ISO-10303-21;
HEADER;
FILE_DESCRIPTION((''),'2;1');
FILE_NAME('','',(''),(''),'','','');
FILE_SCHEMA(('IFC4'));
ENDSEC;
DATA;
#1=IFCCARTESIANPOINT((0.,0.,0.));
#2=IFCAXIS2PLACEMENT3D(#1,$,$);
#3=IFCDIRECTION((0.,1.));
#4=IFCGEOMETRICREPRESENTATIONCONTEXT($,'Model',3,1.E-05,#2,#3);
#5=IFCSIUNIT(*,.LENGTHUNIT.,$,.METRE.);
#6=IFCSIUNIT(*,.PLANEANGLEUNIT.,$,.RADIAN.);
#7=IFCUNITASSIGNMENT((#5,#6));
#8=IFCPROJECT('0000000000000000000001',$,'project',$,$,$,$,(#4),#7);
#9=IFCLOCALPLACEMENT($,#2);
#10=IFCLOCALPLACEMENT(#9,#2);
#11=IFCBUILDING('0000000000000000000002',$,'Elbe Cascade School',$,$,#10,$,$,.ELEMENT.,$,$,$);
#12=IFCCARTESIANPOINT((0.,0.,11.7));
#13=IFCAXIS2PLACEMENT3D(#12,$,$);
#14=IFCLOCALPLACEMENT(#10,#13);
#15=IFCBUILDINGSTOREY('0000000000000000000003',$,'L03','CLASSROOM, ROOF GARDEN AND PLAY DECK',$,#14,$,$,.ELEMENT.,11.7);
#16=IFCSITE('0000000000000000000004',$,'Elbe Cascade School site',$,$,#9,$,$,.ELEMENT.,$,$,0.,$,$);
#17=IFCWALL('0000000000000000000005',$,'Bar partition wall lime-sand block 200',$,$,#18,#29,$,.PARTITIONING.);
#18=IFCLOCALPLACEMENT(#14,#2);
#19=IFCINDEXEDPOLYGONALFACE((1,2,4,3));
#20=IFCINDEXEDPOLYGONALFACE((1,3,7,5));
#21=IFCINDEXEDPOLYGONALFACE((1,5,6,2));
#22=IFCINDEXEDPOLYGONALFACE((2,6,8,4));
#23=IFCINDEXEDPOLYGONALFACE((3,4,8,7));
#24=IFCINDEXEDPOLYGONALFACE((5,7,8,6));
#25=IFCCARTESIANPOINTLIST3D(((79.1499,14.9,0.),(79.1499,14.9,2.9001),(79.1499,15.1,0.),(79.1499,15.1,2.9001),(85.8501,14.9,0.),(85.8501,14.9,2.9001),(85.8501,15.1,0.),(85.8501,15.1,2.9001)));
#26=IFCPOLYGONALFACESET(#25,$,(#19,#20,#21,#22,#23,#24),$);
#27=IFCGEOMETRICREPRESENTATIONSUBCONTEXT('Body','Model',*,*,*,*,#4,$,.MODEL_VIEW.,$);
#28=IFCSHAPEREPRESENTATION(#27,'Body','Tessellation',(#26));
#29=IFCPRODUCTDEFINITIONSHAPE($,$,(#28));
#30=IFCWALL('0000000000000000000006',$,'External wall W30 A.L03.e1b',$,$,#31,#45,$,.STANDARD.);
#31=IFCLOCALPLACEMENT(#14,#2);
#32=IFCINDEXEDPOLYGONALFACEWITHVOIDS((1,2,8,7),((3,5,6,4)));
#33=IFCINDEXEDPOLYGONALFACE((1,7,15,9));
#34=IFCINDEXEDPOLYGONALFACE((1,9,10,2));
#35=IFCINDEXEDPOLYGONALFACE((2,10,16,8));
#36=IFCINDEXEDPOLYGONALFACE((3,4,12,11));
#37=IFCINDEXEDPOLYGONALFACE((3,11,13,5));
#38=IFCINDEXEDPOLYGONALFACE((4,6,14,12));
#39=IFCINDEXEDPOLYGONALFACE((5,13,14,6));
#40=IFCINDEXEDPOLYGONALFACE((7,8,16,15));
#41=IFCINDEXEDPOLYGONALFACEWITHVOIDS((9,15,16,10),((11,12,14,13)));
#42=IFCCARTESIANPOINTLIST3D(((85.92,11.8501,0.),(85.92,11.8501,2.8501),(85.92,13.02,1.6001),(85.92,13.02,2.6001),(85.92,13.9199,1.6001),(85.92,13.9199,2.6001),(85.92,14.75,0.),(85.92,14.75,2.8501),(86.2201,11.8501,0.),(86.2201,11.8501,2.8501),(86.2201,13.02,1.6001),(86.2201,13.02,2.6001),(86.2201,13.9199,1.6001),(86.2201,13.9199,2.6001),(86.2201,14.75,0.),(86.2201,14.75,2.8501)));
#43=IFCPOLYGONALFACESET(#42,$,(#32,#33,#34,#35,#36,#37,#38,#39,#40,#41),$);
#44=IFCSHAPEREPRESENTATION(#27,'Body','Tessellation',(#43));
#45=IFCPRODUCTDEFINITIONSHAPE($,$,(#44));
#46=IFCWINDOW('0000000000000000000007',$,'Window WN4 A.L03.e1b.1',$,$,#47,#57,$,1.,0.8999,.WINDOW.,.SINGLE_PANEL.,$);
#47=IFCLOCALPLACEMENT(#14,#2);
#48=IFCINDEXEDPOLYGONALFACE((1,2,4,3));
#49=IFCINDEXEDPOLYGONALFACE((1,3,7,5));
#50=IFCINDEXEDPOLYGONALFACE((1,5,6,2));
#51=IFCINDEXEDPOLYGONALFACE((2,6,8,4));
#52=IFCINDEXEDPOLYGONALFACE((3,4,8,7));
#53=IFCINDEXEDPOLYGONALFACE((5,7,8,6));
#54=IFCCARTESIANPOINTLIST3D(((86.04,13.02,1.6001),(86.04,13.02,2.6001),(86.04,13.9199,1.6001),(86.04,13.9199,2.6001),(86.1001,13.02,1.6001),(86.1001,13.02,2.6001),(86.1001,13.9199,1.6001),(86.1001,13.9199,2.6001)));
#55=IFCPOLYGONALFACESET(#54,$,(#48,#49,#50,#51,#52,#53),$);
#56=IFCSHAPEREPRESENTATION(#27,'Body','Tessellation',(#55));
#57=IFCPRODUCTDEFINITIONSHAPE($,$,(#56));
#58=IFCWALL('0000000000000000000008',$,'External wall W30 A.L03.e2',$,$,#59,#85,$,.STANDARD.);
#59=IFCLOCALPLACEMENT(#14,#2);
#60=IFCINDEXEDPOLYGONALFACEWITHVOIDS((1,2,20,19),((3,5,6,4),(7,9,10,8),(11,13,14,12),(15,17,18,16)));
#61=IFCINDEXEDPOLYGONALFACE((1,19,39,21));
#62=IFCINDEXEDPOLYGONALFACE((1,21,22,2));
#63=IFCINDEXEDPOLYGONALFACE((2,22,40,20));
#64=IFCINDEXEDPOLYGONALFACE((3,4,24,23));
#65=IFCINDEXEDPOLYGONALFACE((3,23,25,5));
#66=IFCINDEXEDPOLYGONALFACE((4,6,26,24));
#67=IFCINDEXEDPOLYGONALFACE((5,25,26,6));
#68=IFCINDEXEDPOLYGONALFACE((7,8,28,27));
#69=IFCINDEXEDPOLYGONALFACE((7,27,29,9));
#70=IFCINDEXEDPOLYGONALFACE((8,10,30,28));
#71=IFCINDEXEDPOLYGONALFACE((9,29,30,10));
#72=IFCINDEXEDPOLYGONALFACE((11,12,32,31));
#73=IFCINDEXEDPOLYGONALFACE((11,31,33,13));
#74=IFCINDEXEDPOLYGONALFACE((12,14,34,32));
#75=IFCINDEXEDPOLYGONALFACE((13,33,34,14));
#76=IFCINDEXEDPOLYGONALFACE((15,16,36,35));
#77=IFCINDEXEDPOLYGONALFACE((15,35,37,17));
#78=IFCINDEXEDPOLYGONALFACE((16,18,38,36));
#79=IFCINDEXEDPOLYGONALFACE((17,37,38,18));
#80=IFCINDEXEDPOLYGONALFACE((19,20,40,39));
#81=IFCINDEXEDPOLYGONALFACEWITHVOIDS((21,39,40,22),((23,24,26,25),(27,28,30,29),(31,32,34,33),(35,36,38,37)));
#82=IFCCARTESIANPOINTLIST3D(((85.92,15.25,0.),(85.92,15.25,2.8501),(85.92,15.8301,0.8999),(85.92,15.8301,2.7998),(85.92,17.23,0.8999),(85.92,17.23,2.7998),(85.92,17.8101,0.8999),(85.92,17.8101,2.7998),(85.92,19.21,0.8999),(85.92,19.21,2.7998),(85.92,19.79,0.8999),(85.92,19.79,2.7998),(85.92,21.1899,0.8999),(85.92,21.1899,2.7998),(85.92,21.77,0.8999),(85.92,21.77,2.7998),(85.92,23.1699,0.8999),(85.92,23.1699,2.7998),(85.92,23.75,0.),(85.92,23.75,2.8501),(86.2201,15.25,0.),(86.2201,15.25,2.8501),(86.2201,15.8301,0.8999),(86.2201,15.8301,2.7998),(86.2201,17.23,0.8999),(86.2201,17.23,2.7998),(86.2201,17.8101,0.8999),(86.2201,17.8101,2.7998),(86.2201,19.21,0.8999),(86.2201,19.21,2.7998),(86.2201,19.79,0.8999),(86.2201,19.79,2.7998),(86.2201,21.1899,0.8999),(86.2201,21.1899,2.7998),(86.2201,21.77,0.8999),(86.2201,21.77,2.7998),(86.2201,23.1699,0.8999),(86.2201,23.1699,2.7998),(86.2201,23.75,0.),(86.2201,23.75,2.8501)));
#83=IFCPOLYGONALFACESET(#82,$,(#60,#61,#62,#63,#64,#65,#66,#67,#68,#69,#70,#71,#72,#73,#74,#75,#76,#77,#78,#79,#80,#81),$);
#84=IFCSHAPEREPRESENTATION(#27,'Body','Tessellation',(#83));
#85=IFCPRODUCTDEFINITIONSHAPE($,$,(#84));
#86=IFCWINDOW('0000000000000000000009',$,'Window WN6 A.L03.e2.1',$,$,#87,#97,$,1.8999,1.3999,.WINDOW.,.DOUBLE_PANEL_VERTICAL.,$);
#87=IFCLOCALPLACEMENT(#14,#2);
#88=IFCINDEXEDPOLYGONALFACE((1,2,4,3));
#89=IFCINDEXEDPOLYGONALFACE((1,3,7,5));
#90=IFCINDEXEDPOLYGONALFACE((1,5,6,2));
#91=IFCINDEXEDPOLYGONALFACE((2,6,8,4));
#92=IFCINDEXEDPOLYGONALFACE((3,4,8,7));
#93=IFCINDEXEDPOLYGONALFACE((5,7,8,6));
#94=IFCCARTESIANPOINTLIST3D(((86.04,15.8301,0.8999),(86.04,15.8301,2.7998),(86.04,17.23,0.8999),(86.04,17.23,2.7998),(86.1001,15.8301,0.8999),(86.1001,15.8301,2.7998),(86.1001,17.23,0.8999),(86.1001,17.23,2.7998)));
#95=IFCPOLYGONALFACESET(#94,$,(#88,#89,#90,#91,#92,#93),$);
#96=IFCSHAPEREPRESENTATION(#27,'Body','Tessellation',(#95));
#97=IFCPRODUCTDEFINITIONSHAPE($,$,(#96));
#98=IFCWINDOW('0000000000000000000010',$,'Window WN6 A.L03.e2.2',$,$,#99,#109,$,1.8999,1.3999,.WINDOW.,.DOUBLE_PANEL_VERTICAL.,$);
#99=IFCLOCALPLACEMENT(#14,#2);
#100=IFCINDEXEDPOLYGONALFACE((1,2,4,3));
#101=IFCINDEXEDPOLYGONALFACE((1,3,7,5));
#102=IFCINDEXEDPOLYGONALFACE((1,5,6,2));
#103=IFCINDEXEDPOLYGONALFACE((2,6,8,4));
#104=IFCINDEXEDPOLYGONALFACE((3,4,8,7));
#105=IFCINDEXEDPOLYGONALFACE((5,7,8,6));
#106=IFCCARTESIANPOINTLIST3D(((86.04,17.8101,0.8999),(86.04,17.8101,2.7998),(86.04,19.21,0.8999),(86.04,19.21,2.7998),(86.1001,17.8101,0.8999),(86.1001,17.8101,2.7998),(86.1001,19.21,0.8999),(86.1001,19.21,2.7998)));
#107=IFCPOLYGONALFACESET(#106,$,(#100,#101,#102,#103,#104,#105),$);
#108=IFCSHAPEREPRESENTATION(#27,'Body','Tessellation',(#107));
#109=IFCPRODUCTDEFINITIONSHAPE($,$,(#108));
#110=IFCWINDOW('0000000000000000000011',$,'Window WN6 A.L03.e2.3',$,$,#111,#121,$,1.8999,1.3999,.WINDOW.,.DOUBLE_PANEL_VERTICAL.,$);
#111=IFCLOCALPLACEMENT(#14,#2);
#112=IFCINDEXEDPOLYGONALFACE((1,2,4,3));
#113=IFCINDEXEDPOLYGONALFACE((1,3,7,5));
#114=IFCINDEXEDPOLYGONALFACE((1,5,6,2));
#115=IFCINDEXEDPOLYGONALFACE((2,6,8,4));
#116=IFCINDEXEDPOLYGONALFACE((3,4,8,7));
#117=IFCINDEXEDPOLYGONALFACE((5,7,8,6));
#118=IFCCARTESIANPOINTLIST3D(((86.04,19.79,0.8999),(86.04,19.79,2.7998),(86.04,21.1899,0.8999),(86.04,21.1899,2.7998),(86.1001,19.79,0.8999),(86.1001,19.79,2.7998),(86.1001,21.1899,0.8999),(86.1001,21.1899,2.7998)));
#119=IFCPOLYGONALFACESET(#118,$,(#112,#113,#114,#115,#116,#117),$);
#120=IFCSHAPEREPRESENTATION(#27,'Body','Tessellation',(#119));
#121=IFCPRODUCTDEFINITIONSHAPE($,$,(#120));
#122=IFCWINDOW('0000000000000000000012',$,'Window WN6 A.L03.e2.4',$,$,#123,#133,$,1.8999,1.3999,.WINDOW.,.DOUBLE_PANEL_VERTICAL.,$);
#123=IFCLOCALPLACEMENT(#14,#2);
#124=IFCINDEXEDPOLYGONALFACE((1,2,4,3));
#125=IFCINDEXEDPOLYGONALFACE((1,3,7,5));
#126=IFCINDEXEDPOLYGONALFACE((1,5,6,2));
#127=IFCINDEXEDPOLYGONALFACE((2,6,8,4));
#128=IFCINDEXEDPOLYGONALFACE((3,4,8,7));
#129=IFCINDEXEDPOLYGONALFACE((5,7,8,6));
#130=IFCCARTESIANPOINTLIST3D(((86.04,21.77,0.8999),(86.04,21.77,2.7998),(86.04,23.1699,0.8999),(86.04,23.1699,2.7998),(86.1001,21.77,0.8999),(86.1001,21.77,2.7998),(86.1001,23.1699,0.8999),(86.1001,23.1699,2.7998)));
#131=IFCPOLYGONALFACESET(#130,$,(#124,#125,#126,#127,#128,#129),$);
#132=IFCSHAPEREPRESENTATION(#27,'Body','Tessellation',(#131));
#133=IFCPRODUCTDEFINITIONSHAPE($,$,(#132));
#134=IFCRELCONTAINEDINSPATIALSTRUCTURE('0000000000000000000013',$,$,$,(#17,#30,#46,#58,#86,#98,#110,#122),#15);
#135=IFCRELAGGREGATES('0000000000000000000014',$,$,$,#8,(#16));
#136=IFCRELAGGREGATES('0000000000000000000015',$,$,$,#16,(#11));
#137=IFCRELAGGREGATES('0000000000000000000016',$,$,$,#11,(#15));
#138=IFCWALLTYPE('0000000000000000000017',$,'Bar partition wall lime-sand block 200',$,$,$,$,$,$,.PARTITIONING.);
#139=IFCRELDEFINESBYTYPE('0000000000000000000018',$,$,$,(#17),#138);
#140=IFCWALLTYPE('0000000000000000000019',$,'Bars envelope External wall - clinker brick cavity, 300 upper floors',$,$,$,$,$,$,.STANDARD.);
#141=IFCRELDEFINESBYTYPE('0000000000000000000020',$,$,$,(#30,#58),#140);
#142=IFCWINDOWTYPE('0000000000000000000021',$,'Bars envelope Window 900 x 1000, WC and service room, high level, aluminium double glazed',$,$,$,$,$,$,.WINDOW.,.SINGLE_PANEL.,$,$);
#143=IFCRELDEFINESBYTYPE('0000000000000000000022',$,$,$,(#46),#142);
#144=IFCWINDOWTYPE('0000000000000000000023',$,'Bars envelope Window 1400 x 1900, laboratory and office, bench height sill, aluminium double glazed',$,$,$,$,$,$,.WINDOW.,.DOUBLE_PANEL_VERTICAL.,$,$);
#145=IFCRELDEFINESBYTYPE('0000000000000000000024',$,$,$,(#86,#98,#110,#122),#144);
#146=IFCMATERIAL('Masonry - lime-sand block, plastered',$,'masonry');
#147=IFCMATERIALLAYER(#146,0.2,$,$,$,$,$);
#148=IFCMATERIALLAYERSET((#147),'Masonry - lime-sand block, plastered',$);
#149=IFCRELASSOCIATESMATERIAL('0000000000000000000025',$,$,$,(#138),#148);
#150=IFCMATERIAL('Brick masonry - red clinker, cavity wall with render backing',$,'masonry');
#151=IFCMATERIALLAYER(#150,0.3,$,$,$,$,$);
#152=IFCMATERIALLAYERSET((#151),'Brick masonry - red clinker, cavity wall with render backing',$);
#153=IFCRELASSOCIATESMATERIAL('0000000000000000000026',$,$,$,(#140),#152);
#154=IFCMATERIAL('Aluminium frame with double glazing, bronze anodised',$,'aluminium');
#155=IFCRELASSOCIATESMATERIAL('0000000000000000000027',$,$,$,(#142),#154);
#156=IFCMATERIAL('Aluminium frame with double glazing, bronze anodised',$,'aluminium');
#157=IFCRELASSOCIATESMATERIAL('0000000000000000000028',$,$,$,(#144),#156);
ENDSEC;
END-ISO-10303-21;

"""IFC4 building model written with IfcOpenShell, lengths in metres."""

from ifc_helpers import new_model, si_unit, direction, frame, frame_2d, origin, place, context, subcontext, project, spatial, rectangle, extrude, material, layer, layer_set, type_object, element, fill, save


model = new_model("IFC4")

# Units and contexts
model_context = context("Model", 3, precision=1e-05, world=origin(), true_north=direction((0.0, 1.0)))
body_context = subcontext(model_context, "Body", "Model", "MODEL_VIEW")
ifc_project = project(units=[si_unit("LENGTHUNIT", "METRE"), si_unit("PLANEANGLEUNIT", "RADIAN")], contexts=[model_context])

# Site, building, storey
site_placement = place(None, origin())
site = spatial("IfcSite", under=ifc_project, at=site_placement, Name="Elbe Cascade School site", CompositionType="ELEMENT", RefElevation=0.0)
building_placement = place(site_placement, origin())
building = spatial("IfcBuilding", under=site, at=building_placement, Name="Elbe Cascade School", CompositionType="ELEMENT")
storey_placement = place(building_placement, frame((0.0, 0.0, 11.7)))
storey = spatial("IfcBuildingStorey", under=building, at=storey_placement, Name="L03", Description="CLASSROOM, ROOF GARDEN AND PLAY DECK", CompositionType="ELEMENT", Elevation=11.7)

# Wall
ifc_material_1 = material(Name="Masonry - lime-sand block, plastered", Category="masonry")
ifc_layer_1 = layer(ifc_material_1, 0.2)
ifc_layer_set_1 = layer_set([ifc_layer_1], Name="Masonry - lime-sand block, plastered")
wall_type_1 = type_object("IfcWallType", Name="Bar partition wall lime-sand block 200", PredefinedType="PARTITIONING", material=ifc_layer_set_1)
wall_1_placement = place(storey_placement, frame((79.1499, 15.0, 0.0), z_axis=(0.0, 0.0, 1.0), x_axis=(1.0, 0.0, 0.0)))
element("IfcWall", 1, at=wall_1_placement, inside=storey, type_object=wall_type_1, Name="Bar partition wall lime-sand block 200", PredefinedType="PARTITIONING", context=body_context, shape_type="SweptSolid", body=[
    extrude(rectangle(XDim=6.7002, YDim=0.2, at=frame_2d((3.3501, 0.0))), origin(), (0.0, 0.0, 1.0), 2.9001),
])

# Wall, opening, window
ifc_material_2 = material(Name="Brick masonry - red clinker, cavity wall with render backing", Category="masonry")
ifc_layer_2 = layer(ifc_material_2, 0.3)
ifc_layer_set_2 = layer_set([ifc_layer_2], Name="Brick masonry - red clinker, cavity wall with render backing")
wall_type_2 = type_object("IfcWallType", Name="Bars envelope External wall - clinker brick cavity, 300 upper floors", PredefinedType="STANDARD", material=ifc_layer_set_2)
wall_2_placement = place(storey_placement, frame((86.0701, 14.75, 0.0), z_axis=(0.0, 0.0, 1.0), x_axis=(0.0, -1.0, 0.0)))
wall_2 = element("IfcWall", 2, at=wall_2_placement, inside=storey, type_object=wall_type_2, Name="External wall W30 A.L03.e1b", PredefinedType="STANDARD", context=body_context, shape_type="SweptSolid", body=[
    extrude(rectangle(XDim=2.8999, YDim=0.3, at=frame_2d((1.45, 0.0))), origin(), (0.0, 0.0, 1.0), 2.8501),
])
opening_1_placement = place(wall_2_placement, frame((0.8301, 0.0, 1.6001)))
opening_1 = element("IfcOpeningElement", 3, at=opening_1_placement, cuts=wall_2, PredefinedType="OPENING", context=body_context, shape_type="SweptSolid", body=[
    extrude(rectangle(XDim=0.8999, YDim=1.0, at=frame_2d((0.45, 0.5))), frame((0.0, 0.1599, 0.0), z_axis=(0.0, -1.0, 0.0), x_axis=(1.0, 0.0, 0.0)), (0.0, 0.0, 1.0), 0.3201),
])
ifc_material_3 = material(Name="Aluminium frame with double glazing, bronze anodised", Category="aluminium")
window_type_1 = type_object("IfcWindowType", Name="Bars envelope Window 900 x 1000, WC and service room, high level, aluminium double glazed", PartitioningType="SINGLE_PANEL", PredefinedType="WINDOW", material=ifc_material_3)
window_1_placement = place(opening_1_placement, origin())
window_1 = element("IfcWindow", 4, at=window_1_placement, inside=storey, type_object=window_type_1, Name="Window WN4 A.L03.e1b.1", OverallHeight=1.0, OverallWidth=0.8999, PartitioningType="SINGLE_PANEL", PredefinedType="WINDOW", context=body_context, shape_type="SweptSolid", body=[
    extrude(rectangle(XDim=0.8999, YDim=1.0, at=frame_2d((0.45, 0.5))), frame((0.0, 0.03, 0.0), z_axis=(0.0, -1.0, 0.0), x_axis=(1.0, 0.0, 0.0)), (0.0, 0.0, 1.0), 0.0601),
])
fill(opening_1, window_1)

# Wall, openings, windows
wall_3_placement = place(storey_placement, frame((86.0701, 23.75, 0.0), z_axis=(0.0, 0.0, 1.0), x_axis=(0.0, -1.0, 0.0)))
wall_3 = element("IfcWall", 5, at=wall_3_placement, inside=storey, type_object=wall_type_2, Name="External wall W30 A.L03.e2", PredefinedType="STANDARD", context=body_context, shape_type="SweptSolid", body=[
    extrude(rectangle(XDim=8.5, YDim=0.3, at=frame_2d((4.25, 0.0))), origin(), (0.0, 0.0, 1.0), 2.8501),
])
opening_2_placement = place(wall_3_placement, frame((6.52, 0.0, 0.8999)))
opening_2 = element("IfcOpeningElement", 6, at=opening_2_placement, cuts=wall_3, PredefinedType="OPENING", context=body_context, shape_type="SweptSolid", body=[
    extrude(rectangle(XDim=1.3999, YDim=1.8999, at=frame_2d((0.7, 0.95))), frame((0.0, 0.1599, 0.0), z_axis=(0.0, -1.0, 0.0), x_axis=(1.0, 0.0, 0.0)), (0.0, 0.0, 1.0), 0.3201),
])
opening_3_placement = place(wall_3_placement, frame((4.54, 0.0, 0.8999)))
opening_3 = element("IfcOpeningElement", 7, at=opening_3_placement, cuts=wall_3, PredefinedType="OPENING", context=body_context, shape_type="SweptSolid", body=[
    extrude(rectangle(XDim=1.3999, YDim=1.8999, at=frame_2d((0.7, 0.95))), frame((0.0, 0.1599, 0.0), z_axis=(0.0, -1.0, 0.0), x_axis=(1.0, 0.0, 0.0)), (0.0, 0.0, 1.0), 0.3201),
])
opening_4_placement = place(wall_3_placement, frame((2.5601, 0.0, 0.8999)))
opening_4 = element("IfcOpeningElement", 8, at=opening_4_placement, cuts=wall_3, PredefinedType="OPENING", context=body_context, shape_type="SweptSolid", body=[
    extrude(rectangle(XDim=1.3999, YDim=1.8999, at=frame_2d((0.7, 0.95))), frame((0.0, 0.1599, 0.0), z_axis=(0.0, -1.0, 0.0), x_axis=(1.0, 0.0, 0.0)), (0.0, 0.0, 1.0), 0.3201),
])
opening_5_placement = place(wall_3_placement, frame((0.5801, 0.0, 0.8999)))
opening_5 = element("IfcOpeningElement", 9, at=opening_5_placement, cuts=wall_3, PredefinedType="OPENING", context=body_context, shape_type="SweptSolid", body=[
    extrude(rectangle(XDim=1.3999, YDim=1.8999, at=frame_2d((0.7, 0.95))), frame((0.0, 0.1599, 0.0), z_axis=(0.0, -1.0, 0.0), x_axis=(1.0, 0.0, 0.0)), (0.0, 0.0, 1.0), 0.3201),
])
ifc_material_4 = material(Name="Aluminium frame with double glazing, bronze anodised", Category="aluminium")
window_type_2 = type_object("IfcWindowType", Name="Bars envelope Window 1400 x 1900, laboratory and office, bench height sill, aluminium double glazed", PartitioningType="DOUBLE_PANEL_VERTICAL", PredefinedType="WINDOW", material=ifc_material_4)
window_2_placement = place(opening_2_placement, origin())
window_2 = element("IfcWindow", 10, at=window_2_placement, inside=storey, type_object=window_type_2, Name="Window WN6 A.L03.e2.1", OverallHeight=1.8999, OverallWidth=1.3999, PartitioningType="DOUBLE_PANEL_VERTICAL", PredefinedType="WINDOW", context=body_context, shape_type="SweptSolid", body=[
    extrude(rectangle(XDim=1.3999, YDim=1.8999, at=frame_2d((0.7, 0.95))), frame((0.0, 0.03, 0.0), z_axis=(0.0, -1.0, 0.0), x_axis=(1.0, 0.0, 0.0)), (0.0, 0.0, 1.0), 0.0601),
])
fill(opening_2, window_2)
window_3_placement = place(opening_3_placement, origin())
window_3 = element("IfcWindow", 11, at=window_3_placement, inside=storey, type_object=window_type_2, Name="Window WN6 A.L03.e2.2", OverallHeight=1.8999, OverallWidth=1.3999, PartitioningType="DOUBLE_PANEL_VERTICAL", PredefinedType="WINDOW", context=body_context, shape_type="SweptSolid", body=[
    extrude(rectangle(XDim=1.3999, YDim=1.8999, at=frame_2d((0.7, 0.95))), frame((0.0, 0.03, 0.0), z_axis=(0.0, -1.0, 0.0), x_axis=(1.0, 0.0, 0.0)), (0.0, 0.0, 1.0), 0.0601),
])
fill(opening_3, window_3)
window_4_placement = place(opening_4_placement, origin())
window_4 = element("IfcWindow", 12, at=window_4_placement, inside=storey, type_object=window_type_2, Name="Window WN6 A.L03.e2.3", OverallHeight=1.8999, OverallWidth=1.3999, PartitioningType="DOUBLE_PANEL_VERTICAL", PredefinedType="WINDOW", context=body_context, shape_type="SweptSolid", body=[
    extrude(rectangle(XDim=1.3999, YDim=1.8999, at=frame_2d((0.7, 0.95))), frame((0.0, 0.03, 0.0), z_axis=(0.0, -1.0, 0.0), x_axis=(1.0, 0.0, 0.0)), (0.0, 0.0, 1.0), 0.0601),
])
fill(opening_4, window_4)
window_5_placement = place(opening_5_placement, origin())
window_5 = element("IfcWindow", 13, at=window_5_placement, inside=storey, type_object=window_type_2, Name="Window WN6 A.L03.e2.4", OverallHeight=1.8999, OverallWidth=1.3999, PartitioningType="DOUBLE_PANEL_VERTICAL", PredefinedType="WINDOW", context=body_context, shape_type="SweptSolid", body=[
    extrude(rectangle(XDim=1.3999, YDim=1.8999, at=frame_2d((0.7, 0.95))), frame((0.0, 0.03, 0.0), z_axis=(0.0, -1.0, 0.0), x_axis=(1.0, 0.0, 0.0)), (0.0, 0.0, 1.0), 0.0601),
])
fill(opening_5, window_5)

save(model, "model.ifc")
